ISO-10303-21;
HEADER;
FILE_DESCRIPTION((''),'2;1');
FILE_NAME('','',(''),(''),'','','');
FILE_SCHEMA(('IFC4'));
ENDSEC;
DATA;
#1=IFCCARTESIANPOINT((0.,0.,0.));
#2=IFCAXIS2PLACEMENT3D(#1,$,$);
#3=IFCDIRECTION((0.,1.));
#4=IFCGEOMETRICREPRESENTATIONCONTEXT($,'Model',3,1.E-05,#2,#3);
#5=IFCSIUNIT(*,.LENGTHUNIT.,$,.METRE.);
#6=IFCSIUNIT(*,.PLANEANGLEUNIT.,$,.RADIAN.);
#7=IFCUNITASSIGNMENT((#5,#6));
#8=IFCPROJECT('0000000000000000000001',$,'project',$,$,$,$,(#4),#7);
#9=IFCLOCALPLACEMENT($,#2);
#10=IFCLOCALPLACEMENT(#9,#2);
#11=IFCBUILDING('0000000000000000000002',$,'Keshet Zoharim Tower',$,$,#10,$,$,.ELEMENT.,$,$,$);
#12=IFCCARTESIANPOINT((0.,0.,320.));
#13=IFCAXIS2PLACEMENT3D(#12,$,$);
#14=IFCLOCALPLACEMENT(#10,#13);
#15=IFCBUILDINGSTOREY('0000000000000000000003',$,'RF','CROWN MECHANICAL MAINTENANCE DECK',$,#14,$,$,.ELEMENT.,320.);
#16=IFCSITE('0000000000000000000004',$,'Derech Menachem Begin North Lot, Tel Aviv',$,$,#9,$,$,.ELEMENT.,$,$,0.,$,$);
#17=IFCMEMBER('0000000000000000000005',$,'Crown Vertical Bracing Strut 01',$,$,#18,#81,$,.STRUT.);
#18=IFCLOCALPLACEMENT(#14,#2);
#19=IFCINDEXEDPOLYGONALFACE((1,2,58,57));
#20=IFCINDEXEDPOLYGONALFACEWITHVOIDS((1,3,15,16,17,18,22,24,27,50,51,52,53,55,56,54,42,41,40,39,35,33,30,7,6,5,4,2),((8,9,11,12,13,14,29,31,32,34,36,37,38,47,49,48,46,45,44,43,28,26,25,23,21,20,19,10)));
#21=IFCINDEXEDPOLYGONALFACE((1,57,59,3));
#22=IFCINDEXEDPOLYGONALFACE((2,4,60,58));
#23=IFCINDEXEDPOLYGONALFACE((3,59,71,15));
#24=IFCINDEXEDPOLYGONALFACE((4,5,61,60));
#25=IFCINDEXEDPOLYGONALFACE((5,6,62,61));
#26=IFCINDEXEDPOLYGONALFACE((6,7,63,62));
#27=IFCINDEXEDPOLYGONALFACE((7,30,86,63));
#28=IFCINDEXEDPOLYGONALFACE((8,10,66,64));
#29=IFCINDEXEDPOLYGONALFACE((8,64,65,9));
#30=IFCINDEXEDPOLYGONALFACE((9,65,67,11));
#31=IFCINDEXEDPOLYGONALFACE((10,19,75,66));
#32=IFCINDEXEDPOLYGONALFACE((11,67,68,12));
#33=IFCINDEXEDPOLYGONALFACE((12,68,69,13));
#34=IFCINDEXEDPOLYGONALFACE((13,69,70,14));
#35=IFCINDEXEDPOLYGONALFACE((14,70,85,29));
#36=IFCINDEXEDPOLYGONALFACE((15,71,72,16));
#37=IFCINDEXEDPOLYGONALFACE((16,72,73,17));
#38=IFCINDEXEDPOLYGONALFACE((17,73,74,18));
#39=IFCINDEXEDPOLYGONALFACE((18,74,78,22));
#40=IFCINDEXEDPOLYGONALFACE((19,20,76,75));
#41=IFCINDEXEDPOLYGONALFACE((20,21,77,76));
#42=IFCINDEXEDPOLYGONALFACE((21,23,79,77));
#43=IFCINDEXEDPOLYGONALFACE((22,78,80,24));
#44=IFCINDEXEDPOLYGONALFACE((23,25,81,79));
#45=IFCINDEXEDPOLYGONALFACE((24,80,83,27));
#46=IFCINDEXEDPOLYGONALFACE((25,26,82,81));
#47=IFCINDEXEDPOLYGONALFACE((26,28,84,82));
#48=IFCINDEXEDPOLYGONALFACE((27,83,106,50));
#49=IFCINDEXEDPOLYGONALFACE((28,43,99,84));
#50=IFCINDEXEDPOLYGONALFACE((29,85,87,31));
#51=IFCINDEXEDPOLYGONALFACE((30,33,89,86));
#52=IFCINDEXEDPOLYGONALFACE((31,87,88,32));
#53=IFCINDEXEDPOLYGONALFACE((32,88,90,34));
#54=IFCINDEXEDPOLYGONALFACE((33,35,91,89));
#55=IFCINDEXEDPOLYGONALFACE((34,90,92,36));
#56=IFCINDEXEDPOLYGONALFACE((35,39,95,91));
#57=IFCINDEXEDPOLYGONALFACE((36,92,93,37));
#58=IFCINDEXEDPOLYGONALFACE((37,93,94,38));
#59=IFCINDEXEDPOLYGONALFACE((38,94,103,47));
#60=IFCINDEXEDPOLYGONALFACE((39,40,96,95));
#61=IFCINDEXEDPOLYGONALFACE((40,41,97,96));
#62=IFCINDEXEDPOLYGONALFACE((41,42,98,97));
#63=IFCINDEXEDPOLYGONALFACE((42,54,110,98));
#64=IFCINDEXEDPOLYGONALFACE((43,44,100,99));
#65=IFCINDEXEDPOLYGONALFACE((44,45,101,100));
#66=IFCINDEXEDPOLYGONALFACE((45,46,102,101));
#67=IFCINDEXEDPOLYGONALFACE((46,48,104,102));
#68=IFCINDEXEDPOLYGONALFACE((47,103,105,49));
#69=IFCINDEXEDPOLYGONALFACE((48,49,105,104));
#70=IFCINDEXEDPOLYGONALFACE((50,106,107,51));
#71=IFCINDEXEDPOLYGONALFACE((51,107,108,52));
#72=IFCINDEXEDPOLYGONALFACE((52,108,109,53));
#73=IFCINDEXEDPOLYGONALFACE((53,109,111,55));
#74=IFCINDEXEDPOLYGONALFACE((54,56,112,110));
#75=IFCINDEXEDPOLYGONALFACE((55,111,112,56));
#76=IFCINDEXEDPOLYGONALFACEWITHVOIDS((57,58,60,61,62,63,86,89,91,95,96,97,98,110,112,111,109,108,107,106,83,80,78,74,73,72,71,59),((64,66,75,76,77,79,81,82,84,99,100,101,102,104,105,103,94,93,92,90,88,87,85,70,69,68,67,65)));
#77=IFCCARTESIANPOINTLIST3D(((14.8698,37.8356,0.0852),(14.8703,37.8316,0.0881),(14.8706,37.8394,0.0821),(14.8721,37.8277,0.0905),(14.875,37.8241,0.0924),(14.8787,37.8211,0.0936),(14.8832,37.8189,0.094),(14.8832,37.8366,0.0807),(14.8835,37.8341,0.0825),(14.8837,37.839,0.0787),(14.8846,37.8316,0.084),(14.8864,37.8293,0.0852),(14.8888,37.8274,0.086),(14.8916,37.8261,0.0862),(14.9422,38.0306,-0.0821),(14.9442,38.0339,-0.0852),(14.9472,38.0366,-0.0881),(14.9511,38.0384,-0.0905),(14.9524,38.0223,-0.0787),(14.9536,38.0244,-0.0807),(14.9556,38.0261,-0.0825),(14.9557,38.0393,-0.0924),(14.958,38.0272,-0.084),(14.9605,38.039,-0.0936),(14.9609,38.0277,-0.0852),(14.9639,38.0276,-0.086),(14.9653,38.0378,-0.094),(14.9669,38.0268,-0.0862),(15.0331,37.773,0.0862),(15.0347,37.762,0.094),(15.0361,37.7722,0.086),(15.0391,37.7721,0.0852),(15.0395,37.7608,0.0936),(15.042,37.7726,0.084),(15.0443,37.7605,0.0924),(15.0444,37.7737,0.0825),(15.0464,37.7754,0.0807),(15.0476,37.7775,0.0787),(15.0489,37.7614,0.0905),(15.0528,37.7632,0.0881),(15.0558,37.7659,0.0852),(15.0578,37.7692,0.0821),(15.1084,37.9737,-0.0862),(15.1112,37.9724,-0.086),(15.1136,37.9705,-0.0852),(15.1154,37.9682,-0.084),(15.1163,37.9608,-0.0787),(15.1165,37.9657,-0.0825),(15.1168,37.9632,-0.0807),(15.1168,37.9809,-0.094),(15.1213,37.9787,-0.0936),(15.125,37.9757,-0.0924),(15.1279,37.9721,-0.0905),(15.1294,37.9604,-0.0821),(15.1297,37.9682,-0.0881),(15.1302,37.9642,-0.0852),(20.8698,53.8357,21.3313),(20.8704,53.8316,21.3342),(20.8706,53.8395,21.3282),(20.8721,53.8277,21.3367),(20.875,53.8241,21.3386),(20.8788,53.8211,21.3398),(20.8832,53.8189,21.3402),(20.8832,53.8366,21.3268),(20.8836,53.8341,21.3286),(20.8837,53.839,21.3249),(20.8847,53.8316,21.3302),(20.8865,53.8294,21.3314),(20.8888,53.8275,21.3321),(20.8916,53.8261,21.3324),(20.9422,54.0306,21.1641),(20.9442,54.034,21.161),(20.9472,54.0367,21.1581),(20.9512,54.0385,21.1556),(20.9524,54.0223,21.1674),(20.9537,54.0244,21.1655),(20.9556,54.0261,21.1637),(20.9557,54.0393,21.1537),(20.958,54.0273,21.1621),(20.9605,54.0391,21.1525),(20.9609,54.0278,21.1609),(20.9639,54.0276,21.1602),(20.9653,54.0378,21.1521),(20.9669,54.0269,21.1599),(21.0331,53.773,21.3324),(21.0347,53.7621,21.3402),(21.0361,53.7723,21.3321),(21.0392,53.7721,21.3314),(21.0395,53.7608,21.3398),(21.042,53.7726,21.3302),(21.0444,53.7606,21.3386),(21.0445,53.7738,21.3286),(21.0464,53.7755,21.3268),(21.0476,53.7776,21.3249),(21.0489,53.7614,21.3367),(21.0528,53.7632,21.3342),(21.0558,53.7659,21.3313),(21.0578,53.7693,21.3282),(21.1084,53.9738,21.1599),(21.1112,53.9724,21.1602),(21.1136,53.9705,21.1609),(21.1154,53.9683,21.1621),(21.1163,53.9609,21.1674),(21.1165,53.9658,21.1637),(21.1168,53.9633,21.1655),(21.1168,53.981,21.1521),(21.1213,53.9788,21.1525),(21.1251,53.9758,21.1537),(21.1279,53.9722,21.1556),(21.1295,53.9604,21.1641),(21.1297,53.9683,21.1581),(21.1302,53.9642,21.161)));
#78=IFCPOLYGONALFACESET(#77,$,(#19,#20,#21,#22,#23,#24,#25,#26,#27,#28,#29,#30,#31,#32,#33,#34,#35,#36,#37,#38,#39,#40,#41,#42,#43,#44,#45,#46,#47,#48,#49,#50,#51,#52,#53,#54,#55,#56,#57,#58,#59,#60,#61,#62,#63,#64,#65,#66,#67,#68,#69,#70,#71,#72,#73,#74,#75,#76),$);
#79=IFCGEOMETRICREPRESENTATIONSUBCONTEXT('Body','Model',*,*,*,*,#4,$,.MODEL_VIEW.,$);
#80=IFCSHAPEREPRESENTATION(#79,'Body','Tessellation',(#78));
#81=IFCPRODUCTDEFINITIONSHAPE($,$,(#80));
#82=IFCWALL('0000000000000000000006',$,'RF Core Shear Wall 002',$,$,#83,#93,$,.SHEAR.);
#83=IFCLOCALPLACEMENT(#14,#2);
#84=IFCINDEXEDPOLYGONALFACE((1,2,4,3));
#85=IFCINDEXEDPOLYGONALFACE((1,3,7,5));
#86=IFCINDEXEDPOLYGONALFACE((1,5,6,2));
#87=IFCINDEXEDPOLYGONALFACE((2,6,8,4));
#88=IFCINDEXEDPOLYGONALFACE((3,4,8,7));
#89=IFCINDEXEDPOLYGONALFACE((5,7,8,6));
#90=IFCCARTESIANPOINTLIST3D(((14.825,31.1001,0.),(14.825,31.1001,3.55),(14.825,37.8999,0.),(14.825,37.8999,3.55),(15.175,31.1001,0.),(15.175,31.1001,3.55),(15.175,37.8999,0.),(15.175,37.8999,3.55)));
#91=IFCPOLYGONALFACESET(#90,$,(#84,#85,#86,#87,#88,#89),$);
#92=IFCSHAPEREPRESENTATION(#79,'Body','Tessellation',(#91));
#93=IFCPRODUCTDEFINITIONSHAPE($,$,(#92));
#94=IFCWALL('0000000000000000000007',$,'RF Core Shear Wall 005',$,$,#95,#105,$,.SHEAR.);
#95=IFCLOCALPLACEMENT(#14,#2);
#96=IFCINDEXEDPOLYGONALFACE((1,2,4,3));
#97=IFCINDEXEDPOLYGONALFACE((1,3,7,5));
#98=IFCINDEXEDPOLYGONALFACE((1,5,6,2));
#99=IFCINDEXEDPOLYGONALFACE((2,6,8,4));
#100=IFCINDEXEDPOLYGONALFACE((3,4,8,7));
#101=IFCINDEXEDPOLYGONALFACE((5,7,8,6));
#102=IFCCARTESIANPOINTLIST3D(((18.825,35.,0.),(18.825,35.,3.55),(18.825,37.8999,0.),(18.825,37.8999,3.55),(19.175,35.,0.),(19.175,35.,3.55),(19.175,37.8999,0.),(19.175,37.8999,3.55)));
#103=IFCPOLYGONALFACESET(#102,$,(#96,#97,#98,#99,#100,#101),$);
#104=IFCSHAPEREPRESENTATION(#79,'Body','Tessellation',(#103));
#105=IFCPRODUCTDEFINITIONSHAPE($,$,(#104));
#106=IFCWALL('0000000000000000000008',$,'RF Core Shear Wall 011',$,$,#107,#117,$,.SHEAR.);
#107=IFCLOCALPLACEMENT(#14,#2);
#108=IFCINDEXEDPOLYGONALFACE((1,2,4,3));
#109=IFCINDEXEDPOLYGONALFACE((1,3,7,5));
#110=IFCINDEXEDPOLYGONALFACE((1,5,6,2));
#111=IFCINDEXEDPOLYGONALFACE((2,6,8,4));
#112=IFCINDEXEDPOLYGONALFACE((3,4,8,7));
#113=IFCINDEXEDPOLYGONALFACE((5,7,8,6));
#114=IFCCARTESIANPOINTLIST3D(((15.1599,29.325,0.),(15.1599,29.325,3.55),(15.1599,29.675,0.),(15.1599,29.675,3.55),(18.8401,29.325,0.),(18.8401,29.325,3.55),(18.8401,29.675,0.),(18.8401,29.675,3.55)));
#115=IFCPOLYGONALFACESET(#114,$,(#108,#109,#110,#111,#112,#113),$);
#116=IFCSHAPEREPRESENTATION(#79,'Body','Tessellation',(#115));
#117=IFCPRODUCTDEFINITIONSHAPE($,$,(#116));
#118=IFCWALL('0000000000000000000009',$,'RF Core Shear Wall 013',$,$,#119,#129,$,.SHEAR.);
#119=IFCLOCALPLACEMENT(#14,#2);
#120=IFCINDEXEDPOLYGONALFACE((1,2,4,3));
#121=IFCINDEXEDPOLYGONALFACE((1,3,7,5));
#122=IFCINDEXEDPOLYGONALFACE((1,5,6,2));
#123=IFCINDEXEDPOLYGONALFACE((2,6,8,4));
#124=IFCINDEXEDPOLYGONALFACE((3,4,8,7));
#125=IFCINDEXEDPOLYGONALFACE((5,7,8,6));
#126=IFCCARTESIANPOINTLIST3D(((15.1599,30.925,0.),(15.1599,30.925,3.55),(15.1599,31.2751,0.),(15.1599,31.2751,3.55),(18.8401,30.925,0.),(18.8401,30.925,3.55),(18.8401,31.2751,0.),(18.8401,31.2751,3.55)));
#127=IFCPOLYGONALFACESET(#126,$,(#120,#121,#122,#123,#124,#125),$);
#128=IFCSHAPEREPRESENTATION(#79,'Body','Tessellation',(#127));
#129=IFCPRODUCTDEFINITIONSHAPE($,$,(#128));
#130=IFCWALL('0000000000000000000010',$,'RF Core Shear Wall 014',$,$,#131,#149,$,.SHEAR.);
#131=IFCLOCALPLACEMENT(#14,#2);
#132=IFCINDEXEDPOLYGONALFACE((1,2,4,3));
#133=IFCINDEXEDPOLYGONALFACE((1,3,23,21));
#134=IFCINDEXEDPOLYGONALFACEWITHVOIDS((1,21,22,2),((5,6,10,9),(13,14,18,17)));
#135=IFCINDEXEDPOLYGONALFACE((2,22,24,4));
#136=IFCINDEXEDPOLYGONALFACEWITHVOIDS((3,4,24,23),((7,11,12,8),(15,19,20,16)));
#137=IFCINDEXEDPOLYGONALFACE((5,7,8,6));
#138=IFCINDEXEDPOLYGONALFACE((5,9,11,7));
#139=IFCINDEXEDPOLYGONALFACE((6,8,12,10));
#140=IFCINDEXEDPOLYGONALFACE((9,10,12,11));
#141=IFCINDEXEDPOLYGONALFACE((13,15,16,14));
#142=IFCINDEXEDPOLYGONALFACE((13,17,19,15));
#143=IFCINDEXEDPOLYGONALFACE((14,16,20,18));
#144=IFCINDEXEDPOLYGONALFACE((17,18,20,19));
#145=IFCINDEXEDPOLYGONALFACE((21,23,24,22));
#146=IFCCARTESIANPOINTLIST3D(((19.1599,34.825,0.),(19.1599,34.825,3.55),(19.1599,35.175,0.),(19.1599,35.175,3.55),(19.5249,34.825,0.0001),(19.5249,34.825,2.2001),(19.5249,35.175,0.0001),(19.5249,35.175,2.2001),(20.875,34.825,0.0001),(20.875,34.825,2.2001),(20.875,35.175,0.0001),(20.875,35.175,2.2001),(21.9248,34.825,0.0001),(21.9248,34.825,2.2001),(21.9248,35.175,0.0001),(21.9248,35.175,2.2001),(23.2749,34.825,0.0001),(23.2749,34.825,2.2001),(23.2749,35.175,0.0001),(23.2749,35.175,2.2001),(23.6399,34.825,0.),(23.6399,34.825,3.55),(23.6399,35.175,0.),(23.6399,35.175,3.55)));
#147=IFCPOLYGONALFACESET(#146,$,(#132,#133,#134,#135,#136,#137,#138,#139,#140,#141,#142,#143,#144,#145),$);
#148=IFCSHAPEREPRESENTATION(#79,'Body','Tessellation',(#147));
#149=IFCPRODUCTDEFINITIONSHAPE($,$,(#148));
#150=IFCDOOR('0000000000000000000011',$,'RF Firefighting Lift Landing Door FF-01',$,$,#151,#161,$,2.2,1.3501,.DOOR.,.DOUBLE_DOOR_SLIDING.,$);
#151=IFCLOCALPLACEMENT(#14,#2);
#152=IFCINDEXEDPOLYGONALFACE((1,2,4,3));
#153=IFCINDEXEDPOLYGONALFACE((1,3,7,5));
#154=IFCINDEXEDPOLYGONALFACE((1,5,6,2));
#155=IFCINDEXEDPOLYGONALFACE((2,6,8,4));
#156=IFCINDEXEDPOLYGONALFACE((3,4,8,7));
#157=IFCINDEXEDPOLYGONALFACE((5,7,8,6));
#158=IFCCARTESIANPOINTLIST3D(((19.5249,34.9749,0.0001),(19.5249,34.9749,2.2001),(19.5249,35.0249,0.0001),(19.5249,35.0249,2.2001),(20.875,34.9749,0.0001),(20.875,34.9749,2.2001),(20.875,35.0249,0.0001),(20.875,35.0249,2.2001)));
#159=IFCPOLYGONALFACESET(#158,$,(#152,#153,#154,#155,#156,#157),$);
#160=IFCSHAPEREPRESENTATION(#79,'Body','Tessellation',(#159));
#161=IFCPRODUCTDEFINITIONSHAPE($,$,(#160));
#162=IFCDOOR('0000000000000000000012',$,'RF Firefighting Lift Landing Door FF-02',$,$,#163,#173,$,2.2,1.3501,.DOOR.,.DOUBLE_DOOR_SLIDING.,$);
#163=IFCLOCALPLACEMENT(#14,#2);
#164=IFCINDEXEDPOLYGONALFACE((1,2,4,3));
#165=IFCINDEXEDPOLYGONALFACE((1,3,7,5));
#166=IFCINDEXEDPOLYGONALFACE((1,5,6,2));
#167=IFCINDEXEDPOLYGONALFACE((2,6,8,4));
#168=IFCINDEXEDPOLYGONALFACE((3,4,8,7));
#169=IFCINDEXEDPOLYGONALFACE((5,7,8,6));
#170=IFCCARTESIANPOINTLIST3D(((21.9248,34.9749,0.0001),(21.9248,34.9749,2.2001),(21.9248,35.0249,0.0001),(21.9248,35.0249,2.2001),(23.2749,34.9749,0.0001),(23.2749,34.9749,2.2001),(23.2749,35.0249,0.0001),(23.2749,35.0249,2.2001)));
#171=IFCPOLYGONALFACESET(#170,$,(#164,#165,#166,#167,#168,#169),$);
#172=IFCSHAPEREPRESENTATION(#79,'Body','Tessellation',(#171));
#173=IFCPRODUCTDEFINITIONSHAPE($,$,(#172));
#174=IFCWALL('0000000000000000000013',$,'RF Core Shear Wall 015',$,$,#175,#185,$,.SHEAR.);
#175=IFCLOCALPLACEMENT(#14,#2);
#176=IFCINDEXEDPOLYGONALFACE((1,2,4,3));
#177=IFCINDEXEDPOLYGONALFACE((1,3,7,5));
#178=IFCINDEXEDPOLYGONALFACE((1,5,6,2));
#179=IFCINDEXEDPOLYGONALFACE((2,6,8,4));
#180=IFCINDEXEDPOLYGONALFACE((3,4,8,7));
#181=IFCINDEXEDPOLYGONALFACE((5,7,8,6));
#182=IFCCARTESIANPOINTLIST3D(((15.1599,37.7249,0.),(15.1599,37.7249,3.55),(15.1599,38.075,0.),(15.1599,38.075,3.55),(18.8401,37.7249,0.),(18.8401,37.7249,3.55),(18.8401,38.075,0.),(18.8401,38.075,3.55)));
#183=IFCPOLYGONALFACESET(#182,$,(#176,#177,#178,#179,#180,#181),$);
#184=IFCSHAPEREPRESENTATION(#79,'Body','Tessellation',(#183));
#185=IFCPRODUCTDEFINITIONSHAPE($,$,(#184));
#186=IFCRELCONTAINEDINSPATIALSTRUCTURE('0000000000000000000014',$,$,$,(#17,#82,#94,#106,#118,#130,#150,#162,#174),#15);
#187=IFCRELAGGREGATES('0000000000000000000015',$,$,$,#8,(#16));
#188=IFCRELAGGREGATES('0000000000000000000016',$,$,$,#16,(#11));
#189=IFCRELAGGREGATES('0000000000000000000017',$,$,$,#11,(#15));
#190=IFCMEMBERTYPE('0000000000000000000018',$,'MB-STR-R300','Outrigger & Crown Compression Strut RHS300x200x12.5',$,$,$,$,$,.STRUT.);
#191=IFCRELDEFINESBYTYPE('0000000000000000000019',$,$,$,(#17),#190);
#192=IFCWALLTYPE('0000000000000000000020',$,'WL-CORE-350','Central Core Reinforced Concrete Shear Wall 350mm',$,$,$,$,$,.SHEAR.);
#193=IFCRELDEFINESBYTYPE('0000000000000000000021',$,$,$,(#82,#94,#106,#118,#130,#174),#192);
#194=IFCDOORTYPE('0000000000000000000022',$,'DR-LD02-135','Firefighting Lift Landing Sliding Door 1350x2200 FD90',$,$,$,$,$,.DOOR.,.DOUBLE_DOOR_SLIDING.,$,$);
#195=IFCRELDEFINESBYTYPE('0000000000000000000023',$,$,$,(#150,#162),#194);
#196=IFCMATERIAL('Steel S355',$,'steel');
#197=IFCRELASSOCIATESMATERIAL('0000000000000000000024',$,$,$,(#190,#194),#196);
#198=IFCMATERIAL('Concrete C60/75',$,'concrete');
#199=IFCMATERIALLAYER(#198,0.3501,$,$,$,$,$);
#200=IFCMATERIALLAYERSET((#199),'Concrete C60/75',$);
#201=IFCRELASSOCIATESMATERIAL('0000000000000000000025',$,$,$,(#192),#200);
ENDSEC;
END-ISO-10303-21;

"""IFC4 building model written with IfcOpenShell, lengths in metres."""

from ifc_helpers import new_model, si_unit, direction, frame, frame_2d, origin, origin_2d, place, context, subcontext, project, spatial, rectangle, hollow_rectangle, extrude, material, layer, layer_set, material_profile, profile_set, type_object, element, fill, save


model = new_model("IFC4")

# Units and contexts
model_context = context("Model", 3, precision=1e-05, world=origin(), true_north=direction((0.0, 1.0)))
body_context = subcontext(model_context, "Body", "Model", "MODEL_VIEW")
ifc_project = project(units=[si_unit("LENGTHUNIT", "METRE"), si_unit("PLANEANGLEUNIT", "RADIAN")], contexts=[model_context])

# Site, building, storey
site_placement = place(None, origin())
site = spatial("IfcSite", under=ifc_project, at=site_placement, Name="Derech Menachem Begin North Lot, Tel Aviv", CompositionType="ELEMENT", RefElevation=0.0)
building_placement = place(site_placement, origin())
building = spatial("IfcBuilding", under=site, at=building_placement, Name="Keshet Zoharim Tower", CompositionType="ELEMENT")
storey_placement = place(building_placement, frame((0.0, 0.0, 320.0)))
storey = spatial("IfcBuildingStorey", under=building, at=storey_placement, Name="RF", Description="CROWN MECHANICAL MAINTENANCE DECK", CompositionType="ELEMENT", Elevation=320.0)

# Shared definitions
ifc_material_1 = material(Name="Steel S355", Category="steel")

# Member
ifc_material_profile_1 = material_profile(ifc_material_1, hollow_rectangle(XDim=0.2, YDim=0.3, WallThickness=0.0125, InnerFilletRadius=0.012, OuterFilletRadius=0.019, at=origin_2d()), Name="RHS300x200x12.5")
ifc_profile_set_1 = profile_set([ifc_material_profile_1], Name="Steel S355")
member_type_1 = type_object("IfcMemberType", Name="MB-STR-R300", Description="Outrigger & Crown Compression Strut RHS300x200x12.5", PredefinedType="STRUT", material=ifc_profile_set_1)
member_1_placement = place(storey_placement, frame((15.0, 37.8999, 0.0), z_axis=(0.22006, 0.586827, 0.779236), x_axis=(-0.936329, 0.351123, 0.0)))
element("IfcMember", 1, at=member_1_placement, inside=storey, type_object=member_type_1, Name="Crown Vertical Bracing Strut 01", PredefinedType="STRUT", context=body_context, shape_type="SweptSolid", body=[
    extrude(hollow_rectangle(XDim=0.2, YDim=0.3, WallThickness=0.0125, InnerFilletRadius=0.012, OuterFilletRadius=0.019, at=origin_2d()), origin(), (0.0, 0.0, 1.0), 27.2654),
])

# Wall
ifc_material_2 = material(Name="Concrete C60/75", Category="concrete")
ifc_layer_1 = layer(ifc_material_2, 0.3501)
ifc_layer_set_1 = layer_set([ifc_layer_1], Name="Concrete C60/75")
wall_type_1 = type_object("IfcWallType", Name="WL-CORE-350", Description="Central Core Reinforced Concrete Shear Wall 350mm", PredefinedType="SHEAR", material=ifc_layer_set_1)
wall_1_placement = place(storey_placement, frame((15.0, 31.1001, 0.0), z_axis=(0.0, 0.0, 1.0), x_axis=(0.0, 1.0, 0.0)))
element("IfcWall", 2, at=wall_1_placement, inside=storey, type_object=wall_type_1, Name="RF Core Shear Wall 002", PredefinedType="SHEAR", context=body_context, shape_type="SweptSolid", body=[
    extrude(rectangle(XDim=6.7998, YDim=0.3501, at=frame_2d((3.3999, 0.0))), origin(), (0.0, 0.0, 1.0), 3.55),
])

# Walls
wall_2_placement = place(storey_placement, frame((19.0, 35.0, 0.0), z_axis=(0.0, 0.0, 1.0), x_axis=(0.0, 1.0, 0.0)))
element("IfcWall", 3, at=wall_2_placement, inside=storey, type_object=wall_type_1, Name="RF Core Shear Wall 005", PredefinedType="SHEAR", context=body_context, shape_type="SweptSolid", body=[
    extrude(rectangle(XDim=2.8999, YDim=0.3501, at=frame_2d((1.45, 0.0))), origin(), (0.0, 0.0, 1.0), 3.55),
])
wall_3_placement = place(storey_placement, frame((15.1599, 29.5, 0.0), z_axis=(0.0, 0.0, 1.0), x_axis=(1.0, 0.0, 0.0)))
element("IfcWall", 4, at=wall_3_placement, inside=storey, type_object=wall_type_1, Name="RF Core Shear Wall 011", PredefinedType="SHEAR", context=body_context, shape_type="SweptSolid", body=[
    extrude(rectangle(XDim=3.6802, YDim=0.3501, at=frame_2d((1.8401, 0.0))), origin(), (0.0, 0.0, 1.0), 3.55),
])

# Wall
wall_4_placement = place(storey_placement, frame((15.1599, 31.1001, 0.0), z_axis=(0.0, 0.0, 1.0), x_axis=(1.0, 0.0, 0.0)))
element("IfcWall", 5, at=wall_4_placement, inside=storey, type_object=wall_type_1, Name="RF Core Shear Wall 013", PredefinedType="SHEAR", context=body_context, shape_type="SweptSolid", body=[
    extrude(rectangle(XDim=3.6802, YDim=0.3501, at=frame_2d((1.8401, 0.0))), origin(), (0.0, 0.0, 1.0), 3.55),
])

# Wall, openings, doors
wall_5_placement = place(storey_placement, frame((19.1599, 35.0, 0.0), z_axis=(0.0, 0.0, 1.0), x_axis=(1.0, 0.0, 0.0)))
wall_5 = element("IfcWall", 6, at=wall_5_placement, inside=storey, type_object=wall_type_1, Name="RF Core Shear Wall 014", PredefinedType="SHEAR", context=body_context, shape_type="SweptSolid", body=[
    extrude(rectangle(XDim=4.48, YDim=0.3501, at=frame_2d((2.24, 0.0))), origin(), (0.0, 0.0, 1.0), 3.55),
])
opening_1_placement = place(wall_5_placement, frame((0.365, 0.0, 0.0)))
opening_1 = element("IfcOpeningElement", 7, at=opening_1_placement, cuts=wall_5, PredefinedType="OPENING", context=body_context, shape_type="SweptSolid", body=[
    extrude(rectangle(XDim=1.3501, YDim=2.2, at=frame_2d((0.675, 1.1001))), frame((0.0, 0.1851, 0.0), z_axis=(0.0, -1.0, 0.0), x_axis=(1.0, 0.0, 0.0)), (0.0, 0.0, 1.0), 0.3701),
])
opening_2_placement = place(wall_5_placement, frame((2.7649, 0.0, 0.0)))
opening_2 = element("IfcOpeningElement", 8, at=opening_2_placement, cuts=wall_5, PredefinedType="OPENING", context=body_context, shape_type="SweptSolid", body=[
    extrude(rectangle(XDim=1.3501, YDim=2.2, at=frame_2d((0.675, 1.1001))), frame((0.0, 0.1851, 0.0), z_axis=(0.0, -1.0, 0.0), x_axis=(1.0, 0.0, 0.0)), (0.0, 0.0, 1.0), 0.3701),
])
door_type_1 = type_object("IfcDoorType", Name="DR-LD02-135", Description="Firefighting Lift Landing Sliding Door 1350x2200 FD90", OperationType="DOUBLE_DOOR_SLIDING", PredefinedType="DOOR", material=ifc_material_1)
door_1_placement = place(opening_1_placement, origin())
door_1 = element("IfcDoor", 9, at=door_1_placement, inside=storey, type_object=door_type_1, Name="RF Firefighting Lift Landing Door FF-01", OperationType="DOUBLE_DOOR_SLIDING", OverallHeight=2.2, OverallWidth=1.3501, PredefinedType="DOOR", context=body_context, shape_type="SweptSolid", body=[
    extrude(rectangle(XDim=1.3501, YDim=2.2, at=frame_2d((0.675, 1.1001))), frame((0.0, 0.0249, 0.0), z_axis=(0.0, -1.0, 0.0), x_axis=(1.0, 0.0, 0.0)), (0.0, 0.0, 1.0), 0.05),
])
fill(opening_1, door_1)
door_2_placement = place(opening_2_placement, origin())
door_2 = element("IfcDoor", 10, at=door_2_placement, inside=storey, type_object=door_type_1, Name="RF Firefighting Lift Landing Door FF-02", OperationType="DOUBLE_DOOR_SLIDING", OverallHeight=2.2, OverallWidth=1.3501, PredefinedType="DOOR", context=body_context, shape_type="SweptSolid", body=[
    extrude(rectangle(XDim=1.3501, YDim=2.2, at=frame_2d((0.675, 1.1001))), frame((0.0, 0.0249, 0.0), z_axis=(0.0, -1.0, 0.0), x_axis=(1.0, 0.0, 0.0)), (0.0, 0.0, 1.0), 0.05),
])
fill(opening_2, door_2)

# Wall
wall_6_placement = place(storey_placement, frame((15.1599, 37.8999, 0.0), z_axis=(0.0, 0.0, 1.0), x_axis=(1.0, 0.0, 0.0)))
element("IfcWall", 11, at=wall_6_placement, inside=storey, type_object=wall_type_1, Name="RF Core Shear Wall 015", PredefinedType="SHEAR", context=body_context, shape_type="SweptSolid", body=[
    extrude(rectangle(XDim=3.6802, YDim=0.3501, at=frame_2d((1.8401, 0.0))), origin(), (0.0, 0.0, 1.0), 3.55),
])

save(model, "model.ifc")
